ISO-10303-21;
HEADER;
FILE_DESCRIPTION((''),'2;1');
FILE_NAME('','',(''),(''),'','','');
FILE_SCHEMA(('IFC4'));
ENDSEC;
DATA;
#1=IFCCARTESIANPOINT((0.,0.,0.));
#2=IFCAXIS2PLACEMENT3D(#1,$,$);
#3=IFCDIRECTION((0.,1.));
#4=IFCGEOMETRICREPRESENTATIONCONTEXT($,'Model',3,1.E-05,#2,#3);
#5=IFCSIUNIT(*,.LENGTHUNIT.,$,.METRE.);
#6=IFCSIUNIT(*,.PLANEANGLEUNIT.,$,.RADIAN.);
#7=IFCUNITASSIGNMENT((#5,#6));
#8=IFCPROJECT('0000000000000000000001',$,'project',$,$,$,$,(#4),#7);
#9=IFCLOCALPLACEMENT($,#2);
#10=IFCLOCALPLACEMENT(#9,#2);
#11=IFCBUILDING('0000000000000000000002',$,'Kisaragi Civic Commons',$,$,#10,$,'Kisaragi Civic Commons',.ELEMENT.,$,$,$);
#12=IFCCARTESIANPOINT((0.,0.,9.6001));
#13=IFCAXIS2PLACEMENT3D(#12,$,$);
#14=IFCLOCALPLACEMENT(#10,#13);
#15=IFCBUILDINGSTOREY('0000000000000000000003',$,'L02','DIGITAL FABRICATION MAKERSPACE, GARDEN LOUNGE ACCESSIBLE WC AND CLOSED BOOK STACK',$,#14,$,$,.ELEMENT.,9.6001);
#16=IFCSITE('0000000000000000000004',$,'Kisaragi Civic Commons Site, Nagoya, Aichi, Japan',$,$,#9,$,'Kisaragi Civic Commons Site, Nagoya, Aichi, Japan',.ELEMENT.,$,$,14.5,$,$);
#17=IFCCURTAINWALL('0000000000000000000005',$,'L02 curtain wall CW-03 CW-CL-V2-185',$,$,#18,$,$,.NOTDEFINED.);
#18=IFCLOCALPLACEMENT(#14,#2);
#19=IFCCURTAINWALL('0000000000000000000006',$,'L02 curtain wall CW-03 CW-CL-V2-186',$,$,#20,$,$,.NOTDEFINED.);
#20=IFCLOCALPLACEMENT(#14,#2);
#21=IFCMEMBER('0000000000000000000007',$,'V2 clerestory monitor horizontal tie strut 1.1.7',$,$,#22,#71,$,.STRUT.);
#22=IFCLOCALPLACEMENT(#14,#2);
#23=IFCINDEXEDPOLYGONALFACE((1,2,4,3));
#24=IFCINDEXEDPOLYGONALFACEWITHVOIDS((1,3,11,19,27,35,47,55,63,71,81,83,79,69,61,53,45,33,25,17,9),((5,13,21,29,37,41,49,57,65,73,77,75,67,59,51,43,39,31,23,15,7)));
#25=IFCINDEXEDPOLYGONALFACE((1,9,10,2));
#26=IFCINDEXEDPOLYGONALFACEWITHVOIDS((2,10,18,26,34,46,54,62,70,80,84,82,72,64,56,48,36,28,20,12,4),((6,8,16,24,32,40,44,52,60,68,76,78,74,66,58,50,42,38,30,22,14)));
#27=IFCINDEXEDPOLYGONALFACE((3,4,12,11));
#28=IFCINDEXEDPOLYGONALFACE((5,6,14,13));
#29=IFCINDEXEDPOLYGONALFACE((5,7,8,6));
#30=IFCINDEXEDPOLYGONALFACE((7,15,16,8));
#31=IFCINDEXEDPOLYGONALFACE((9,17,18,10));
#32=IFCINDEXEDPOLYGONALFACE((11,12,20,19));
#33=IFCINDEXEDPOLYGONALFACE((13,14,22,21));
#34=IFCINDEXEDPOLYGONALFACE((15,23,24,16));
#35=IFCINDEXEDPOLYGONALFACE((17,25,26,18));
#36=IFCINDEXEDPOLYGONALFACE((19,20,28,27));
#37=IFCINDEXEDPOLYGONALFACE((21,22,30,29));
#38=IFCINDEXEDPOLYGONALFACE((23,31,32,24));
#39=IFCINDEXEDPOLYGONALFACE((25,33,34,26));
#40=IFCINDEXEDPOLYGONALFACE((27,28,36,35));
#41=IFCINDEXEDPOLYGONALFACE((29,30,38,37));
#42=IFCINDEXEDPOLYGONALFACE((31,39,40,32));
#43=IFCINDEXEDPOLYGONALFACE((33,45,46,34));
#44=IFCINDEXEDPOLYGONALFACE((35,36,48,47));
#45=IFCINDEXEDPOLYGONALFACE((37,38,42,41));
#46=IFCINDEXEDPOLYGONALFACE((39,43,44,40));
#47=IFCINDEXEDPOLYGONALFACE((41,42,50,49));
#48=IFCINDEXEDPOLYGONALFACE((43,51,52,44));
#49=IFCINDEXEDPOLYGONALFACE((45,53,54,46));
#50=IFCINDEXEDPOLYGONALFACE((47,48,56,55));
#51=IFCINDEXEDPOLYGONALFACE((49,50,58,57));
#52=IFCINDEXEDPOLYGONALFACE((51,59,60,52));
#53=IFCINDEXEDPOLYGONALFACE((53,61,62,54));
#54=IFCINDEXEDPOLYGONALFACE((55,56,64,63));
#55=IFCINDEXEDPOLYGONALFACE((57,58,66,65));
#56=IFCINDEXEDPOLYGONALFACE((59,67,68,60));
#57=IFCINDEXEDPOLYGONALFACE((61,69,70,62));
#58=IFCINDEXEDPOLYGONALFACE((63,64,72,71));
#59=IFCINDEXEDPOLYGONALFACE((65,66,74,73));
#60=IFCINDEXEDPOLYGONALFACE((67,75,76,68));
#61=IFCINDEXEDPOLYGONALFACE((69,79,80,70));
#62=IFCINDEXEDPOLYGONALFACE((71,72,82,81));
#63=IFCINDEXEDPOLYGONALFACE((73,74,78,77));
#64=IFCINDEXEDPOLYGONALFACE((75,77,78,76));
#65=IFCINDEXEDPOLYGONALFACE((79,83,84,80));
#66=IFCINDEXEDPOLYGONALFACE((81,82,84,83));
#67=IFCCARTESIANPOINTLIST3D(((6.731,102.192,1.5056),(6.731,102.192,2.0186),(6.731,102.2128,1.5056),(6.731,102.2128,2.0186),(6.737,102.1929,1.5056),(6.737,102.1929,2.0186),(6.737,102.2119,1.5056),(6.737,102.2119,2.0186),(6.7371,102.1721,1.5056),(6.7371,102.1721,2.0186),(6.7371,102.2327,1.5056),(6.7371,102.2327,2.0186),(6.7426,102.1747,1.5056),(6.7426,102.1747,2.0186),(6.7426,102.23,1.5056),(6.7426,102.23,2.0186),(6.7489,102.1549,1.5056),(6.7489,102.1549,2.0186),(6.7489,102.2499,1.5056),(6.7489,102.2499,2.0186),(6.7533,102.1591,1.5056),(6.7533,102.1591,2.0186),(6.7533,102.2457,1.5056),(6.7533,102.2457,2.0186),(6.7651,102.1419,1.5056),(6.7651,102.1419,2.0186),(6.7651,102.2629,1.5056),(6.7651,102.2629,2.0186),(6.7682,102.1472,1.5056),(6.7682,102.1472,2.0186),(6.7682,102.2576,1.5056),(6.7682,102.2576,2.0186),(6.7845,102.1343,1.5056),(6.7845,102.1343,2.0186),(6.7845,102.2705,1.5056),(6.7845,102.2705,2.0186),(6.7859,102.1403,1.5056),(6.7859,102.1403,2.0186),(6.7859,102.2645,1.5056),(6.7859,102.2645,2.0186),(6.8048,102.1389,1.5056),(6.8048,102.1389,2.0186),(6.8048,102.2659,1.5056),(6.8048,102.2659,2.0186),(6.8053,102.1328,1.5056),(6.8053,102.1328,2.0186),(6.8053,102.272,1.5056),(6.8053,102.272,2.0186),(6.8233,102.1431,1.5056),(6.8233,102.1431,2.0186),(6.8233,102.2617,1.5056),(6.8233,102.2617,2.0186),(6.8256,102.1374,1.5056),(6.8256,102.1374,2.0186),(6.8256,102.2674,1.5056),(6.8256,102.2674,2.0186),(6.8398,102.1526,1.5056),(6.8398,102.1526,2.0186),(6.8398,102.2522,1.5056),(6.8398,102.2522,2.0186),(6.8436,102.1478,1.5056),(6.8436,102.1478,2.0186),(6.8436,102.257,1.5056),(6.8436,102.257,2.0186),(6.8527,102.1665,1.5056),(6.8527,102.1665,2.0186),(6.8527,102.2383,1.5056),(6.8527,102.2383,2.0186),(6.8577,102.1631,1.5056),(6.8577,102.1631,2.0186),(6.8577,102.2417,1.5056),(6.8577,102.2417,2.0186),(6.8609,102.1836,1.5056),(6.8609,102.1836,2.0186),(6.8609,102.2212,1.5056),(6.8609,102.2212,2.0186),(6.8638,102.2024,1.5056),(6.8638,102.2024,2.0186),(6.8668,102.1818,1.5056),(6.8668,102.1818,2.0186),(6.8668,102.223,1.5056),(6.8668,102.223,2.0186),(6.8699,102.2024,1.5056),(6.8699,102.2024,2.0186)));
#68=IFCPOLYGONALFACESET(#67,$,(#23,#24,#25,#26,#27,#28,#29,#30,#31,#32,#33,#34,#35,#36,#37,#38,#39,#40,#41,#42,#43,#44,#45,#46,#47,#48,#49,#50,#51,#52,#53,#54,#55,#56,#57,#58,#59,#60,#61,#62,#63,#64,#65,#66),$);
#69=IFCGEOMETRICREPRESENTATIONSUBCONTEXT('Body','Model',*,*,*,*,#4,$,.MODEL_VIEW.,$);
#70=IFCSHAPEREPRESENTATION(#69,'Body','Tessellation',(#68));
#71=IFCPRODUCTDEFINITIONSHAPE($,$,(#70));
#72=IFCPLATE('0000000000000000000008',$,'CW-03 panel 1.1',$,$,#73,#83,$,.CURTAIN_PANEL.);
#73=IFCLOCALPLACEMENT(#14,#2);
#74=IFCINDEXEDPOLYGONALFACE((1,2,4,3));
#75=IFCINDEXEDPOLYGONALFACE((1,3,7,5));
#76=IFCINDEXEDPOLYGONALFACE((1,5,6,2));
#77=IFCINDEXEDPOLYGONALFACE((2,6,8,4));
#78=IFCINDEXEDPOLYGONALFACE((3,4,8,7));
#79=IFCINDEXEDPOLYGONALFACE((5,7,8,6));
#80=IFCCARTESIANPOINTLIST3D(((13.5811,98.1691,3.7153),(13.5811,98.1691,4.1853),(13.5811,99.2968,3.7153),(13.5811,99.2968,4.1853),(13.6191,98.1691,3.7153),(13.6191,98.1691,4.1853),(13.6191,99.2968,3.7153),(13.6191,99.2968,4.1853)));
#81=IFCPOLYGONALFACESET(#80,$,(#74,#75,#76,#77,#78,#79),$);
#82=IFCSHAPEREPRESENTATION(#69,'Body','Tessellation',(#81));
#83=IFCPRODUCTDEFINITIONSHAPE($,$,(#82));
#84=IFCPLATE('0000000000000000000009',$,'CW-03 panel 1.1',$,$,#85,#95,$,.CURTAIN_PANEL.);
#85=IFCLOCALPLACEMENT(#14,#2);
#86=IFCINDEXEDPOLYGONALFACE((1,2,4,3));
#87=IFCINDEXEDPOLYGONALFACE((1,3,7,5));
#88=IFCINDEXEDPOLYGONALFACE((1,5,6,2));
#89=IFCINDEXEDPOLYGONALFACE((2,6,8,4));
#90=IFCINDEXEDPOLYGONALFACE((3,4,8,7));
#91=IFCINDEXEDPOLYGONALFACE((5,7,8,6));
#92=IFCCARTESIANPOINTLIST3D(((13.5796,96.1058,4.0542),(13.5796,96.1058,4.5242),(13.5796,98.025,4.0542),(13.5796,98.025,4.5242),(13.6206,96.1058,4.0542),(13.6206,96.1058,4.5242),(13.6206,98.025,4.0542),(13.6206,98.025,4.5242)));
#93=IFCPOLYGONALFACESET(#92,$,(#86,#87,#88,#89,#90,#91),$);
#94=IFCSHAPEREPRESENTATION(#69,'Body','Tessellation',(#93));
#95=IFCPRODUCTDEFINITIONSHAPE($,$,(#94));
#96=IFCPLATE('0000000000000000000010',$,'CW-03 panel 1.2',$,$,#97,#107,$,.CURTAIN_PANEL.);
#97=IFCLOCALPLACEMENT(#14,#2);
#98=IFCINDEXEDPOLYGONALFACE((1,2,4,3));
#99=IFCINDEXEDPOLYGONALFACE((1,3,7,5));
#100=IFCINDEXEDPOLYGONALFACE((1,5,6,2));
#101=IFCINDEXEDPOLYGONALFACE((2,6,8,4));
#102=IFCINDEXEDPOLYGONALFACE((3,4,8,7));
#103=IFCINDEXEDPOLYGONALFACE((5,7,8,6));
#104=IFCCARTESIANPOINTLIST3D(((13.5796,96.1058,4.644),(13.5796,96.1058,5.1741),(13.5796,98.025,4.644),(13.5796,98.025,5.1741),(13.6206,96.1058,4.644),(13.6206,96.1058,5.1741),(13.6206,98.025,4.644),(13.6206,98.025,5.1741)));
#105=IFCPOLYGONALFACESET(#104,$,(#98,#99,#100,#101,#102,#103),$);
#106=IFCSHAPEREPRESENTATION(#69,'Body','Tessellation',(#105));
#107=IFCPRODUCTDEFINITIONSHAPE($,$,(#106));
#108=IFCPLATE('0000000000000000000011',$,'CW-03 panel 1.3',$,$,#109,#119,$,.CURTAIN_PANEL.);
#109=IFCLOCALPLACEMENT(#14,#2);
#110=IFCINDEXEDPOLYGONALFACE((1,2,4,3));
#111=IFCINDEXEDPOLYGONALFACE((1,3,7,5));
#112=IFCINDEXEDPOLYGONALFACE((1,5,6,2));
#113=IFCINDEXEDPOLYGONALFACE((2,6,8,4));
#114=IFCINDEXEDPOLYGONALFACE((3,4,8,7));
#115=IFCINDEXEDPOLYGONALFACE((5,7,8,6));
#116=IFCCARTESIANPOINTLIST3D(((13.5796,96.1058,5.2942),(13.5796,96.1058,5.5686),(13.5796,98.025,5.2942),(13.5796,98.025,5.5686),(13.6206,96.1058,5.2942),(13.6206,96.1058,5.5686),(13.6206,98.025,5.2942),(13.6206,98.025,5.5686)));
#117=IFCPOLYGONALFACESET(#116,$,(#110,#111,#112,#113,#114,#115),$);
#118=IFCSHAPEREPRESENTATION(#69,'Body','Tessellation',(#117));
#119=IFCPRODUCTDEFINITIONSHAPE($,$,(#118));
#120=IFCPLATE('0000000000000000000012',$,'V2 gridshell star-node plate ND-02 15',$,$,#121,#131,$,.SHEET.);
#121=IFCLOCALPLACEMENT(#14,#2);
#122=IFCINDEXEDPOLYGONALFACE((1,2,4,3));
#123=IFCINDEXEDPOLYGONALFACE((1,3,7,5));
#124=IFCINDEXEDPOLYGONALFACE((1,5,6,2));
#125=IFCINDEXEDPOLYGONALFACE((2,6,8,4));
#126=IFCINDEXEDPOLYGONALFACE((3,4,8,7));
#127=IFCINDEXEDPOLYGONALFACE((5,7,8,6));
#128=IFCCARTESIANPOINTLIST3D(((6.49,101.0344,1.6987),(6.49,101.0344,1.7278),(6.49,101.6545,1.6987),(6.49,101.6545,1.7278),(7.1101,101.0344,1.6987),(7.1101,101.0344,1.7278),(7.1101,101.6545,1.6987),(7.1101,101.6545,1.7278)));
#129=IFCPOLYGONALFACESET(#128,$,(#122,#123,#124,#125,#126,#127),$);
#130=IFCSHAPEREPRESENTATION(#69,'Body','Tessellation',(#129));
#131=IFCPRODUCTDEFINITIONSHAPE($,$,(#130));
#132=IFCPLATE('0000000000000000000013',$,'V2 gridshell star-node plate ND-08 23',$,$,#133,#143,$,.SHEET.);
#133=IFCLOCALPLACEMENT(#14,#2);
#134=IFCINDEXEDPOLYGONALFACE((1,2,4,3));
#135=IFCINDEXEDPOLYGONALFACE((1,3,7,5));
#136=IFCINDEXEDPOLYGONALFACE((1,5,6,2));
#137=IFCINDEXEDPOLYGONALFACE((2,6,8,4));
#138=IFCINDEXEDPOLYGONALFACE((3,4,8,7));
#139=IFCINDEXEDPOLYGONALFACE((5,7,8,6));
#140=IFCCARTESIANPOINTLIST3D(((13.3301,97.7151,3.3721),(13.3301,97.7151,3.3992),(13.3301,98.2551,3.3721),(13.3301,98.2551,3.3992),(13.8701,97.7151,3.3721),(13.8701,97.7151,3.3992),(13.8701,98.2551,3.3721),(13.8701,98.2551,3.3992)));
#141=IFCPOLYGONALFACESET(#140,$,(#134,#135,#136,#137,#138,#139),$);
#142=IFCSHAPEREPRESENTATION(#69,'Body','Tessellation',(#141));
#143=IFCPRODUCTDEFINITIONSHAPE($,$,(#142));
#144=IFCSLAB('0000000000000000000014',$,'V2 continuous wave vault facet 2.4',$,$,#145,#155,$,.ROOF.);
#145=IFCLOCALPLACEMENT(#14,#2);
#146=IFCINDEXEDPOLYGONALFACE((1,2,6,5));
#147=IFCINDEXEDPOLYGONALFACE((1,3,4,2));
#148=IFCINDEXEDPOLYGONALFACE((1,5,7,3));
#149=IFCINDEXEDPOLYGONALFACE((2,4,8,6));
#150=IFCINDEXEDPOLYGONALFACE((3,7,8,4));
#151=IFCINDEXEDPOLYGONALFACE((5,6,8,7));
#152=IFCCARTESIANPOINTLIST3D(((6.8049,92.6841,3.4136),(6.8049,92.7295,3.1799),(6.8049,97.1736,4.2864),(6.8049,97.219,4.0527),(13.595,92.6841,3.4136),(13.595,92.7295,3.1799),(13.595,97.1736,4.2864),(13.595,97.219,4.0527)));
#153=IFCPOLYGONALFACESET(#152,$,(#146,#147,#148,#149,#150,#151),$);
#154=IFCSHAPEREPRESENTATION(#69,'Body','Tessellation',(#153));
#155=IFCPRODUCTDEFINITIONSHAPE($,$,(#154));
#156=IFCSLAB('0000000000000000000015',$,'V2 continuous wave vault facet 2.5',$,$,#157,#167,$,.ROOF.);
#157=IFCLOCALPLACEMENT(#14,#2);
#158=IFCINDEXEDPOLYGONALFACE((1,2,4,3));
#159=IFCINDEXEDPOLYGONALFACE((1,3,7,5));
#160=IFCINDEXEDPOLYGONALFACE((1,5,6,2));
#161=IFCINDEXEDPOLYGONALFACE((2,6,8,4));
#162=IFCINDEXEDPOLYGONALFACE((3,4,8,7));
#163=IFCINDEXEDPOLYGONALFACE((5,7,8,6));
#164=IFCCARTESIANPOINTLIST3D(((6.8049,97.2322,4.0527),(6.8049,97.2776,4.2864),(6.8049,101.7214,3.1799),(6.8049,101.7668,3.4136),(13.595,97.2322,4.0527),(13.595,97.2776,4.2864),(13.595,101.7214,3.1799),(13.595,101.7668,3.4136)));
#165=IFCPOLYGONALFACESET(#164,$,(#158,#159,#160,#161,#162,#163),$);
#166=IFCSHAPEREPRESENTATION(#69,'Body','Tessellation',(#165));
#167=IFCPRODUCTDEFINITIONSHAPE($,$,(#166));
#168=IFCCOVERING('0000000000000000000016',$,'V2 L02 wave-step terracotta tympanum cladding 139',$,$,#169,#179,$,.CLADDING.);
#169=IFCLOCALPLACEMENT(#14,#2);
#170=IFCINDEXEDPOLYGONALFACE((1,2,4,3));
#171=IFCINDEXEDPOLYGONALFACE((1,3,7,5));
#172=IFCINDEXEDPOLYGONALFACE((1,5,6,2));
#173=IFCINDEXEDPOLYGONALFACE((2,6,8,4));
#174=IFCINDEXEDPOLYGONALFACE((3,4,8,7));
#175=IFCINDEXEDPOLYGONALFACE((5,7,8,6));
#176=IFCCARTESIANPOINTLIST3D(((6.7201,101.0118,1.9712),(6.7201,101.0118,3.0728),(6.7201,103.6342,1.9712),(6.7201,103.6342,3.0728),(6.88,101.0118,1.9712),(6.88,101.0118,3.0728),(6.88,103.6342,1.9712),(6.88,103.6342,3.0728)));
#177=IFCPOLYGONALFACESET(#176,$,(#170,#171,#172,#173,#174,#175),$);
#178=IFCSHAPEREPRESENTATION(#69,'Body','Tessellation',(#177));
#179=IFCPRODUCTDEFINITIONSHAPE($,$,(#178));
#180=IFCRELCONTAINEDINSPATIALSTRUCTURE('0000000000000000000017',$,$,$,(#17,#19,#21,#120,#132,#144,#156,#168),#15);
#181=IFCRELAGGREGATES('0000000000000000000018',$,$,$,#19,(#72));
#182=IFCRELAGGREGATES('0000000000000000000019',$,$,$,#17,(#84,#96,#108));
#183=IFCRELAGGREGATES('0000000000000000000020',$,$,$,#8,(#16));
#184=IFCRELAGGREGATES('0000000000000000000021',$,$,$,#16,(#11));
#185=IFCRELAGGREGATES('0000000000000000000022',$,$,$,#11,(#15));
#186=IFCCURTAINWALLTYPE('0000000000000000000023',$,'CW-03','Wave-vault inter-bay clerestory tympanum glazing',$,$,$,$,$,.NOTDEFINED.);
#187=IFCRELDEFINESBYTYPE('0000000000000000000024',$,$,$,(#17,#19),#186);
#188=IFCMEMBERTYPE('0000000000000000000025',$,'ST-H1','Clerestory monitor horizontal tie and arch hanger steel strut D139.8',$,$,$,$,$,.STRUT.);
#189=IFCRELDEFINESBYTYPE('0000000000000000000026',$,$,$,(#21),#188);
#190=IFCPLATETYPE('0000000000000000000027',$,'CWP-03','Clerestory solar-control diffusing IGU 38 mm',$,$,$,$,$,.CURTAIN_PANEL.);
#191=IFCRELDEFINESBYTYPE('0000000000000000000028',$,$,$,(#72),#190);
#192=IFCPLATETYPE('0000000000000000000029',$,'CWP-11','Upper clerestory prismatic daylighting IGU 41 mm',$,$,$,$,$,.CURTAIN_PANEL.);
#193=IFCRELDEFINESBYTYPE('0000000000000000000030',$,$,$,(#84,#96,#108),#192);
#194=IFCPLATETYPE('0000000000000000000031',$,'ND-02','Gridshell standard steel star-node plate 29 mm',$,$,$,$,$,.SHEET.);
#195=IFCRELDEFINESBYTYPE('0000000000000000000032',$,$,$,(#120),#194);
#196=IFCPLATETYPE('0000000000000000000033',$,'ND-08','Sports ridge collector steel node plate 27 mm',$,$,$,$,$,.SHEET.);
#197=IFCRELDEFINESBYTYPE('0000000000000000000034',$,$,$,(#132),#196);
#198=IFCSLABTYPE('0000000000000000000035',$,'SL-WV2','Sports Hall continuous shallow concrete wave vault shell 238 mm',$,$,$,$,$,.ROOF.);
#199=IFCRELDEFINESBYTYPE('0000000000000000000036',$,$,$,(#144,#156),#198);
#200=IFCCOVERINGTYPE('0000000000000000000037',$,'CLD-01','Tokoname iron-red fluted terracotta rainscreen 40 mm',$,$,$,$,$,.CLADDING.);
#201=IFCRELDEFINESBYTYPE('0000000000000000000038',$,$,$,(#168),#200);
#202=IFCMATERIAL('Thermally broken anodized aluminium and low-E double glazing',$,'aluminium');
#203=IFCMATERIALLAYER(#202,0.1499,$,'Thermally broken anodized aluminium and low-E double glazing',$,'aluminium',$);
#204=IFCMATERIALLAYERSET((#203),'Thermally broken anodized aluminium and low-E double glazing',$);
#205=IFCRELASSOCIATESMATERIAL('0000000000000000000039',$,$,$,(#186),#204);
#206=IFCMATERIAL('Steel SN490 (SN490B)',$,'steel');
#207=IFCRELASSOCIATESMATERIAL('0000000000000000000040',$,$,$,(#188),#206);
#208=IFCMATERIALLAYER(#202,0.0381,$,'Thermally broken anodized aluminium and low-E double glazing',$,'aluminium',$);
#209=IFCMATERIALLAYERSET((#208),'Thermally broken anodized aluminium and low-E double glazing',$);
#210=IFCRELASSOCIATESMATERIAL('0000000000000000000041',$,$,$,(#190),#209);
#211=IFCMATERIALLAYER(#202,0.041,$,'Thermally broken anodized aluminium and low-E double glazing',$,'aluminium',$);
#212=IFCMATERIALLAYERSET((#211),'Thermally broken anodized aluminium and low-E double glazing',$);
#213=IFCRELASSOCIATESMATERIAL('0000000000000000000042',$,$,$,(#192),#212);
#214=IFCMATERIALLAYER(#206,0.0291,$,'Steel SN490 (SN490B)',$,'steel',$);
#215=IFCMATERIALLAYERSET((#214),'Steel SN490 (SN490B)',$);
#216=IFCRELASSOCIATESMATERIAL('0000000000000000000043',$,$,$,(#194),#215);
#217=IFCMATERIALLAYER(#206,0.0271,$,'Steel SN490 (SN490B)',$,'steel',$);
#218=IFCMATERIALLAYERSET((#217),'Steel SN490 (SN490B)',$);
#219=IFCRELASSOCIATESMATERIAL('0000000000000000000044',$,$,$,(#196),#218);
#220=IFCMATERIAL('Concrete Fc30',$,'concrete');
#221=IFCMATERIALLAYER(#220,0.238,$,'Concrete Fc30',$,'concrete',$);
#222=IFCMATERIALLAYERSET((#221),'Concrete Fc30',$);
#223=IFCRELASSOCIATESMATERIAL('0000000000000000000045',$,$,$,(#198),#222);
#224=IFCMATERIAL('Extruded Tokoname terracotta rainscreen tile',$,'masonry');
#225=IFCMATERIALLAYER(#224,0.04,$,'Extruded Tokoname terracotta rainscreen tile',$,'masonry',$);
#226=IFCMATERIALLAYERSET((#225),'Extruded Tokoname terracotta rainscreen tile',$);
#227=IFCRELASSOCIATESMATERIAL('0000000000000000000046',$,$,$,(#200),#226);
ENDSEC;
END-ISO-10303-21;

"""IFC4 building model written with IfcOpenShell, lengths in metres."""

from ifc_helpers import new_model, si_unit, direction, frame, origin, origin_2d, place, context, subcontext, project, spatial, polyline, rectangle, hollow_circle, outline, extrude, material, layer, layer_set, material_profile, profile_set, type_object, element, aggregate, save


model = new_model("IFC4")

# Units and contexts
model_context = context("Model", 3, precision=1e-05, world=origin(), true_north=direction((0.0, 1.0)))
body_context = subcontext(model_context, "Body", "Model", "MODEL_VIEW")
ifc_project = project(units=[si_unit("LENGTHUNIT", "METRE"), si_unit("PLANEANGLEUNIT", "RADIAN")], contexts=[model_context])

# Site, building, storey
site_placement = place(None, origin())
site = spatial("IfcSite", under=ifc_project, at=site_placement, Name="Kisaragi Civic Commons Site, Nagoya, Aichi, Japan", LongName="Kisaragi Civic Commons Site, Nagoya, Aichi, Japan", CompositionType="ELEMENT", RefElevation=14.5)
building_placement = place(site_placement, origin())
building = spatial("IfcBuilding", under=site, at=building_placement, Name="Kisaragi Civic Commons", LongName="Kisaragi Civic Commons", CompositionType="ELEMENT")
storey_placement = place(building_placement, frame((0.0, 0.0, 9.6001)))
storey = spatial("IfcBuildingStorey", under=building, at=storey_placement, Name="L02", Description="DIGITAL FABRICATION MAKERSPACE, GARDEN LOUNGE ACCESSIBLE WC AND CLOSED BOOK STACK", CompositionType="ELEMENT", Elevation=9.6001)

# Curtain wall
ifc_material_1 = material(Name="Thermally broken anodized aluminium and low-E double glazing", Category="aluminium")
ifc_layer_1 = layer(ifc_material_1, 0.1499, Name="Thermally broken anodized aluminium and low-E double glazing", Category="aluminium")
ifc_layer_set_1 = layer_set([ifc_layer_1], Name="Thermally broken anodized aluminium and low-E double glazing")
curtain_wall_type = type_object("IfcCurtainWallType", Name="CW-03", Description="Wave-vault inter-bay clerestory tympanum glazing", PredefinedType="NOTDEFINED", material=ifc_layer_set_1)
curtain_wall_1_placement = place(storey_placement, origin())
curtain_wall_1 = element("IfcCurtainWall", 1, at=curtain_wall_1_placement, inside=storey, type_object=curtain_wall_type, Name="L02 curtain wall CW-03 CW-CL-V2-185", PredefinedType="NOTDEFINED")

# Curtain wall
curtain_wall_2_placement = place(storey_placement, origin())
curtain_wall_2 = element("IfcCurtainWall", 2, at=curtain_wall_2_placement, inside=storey, type_object=curtain_wall_type, Name="L02 curtain wall CW-03 CW-CL-V2-186", PredefinedType="NOTDEFINED")

# Member
ifc_material_2 = material(Name="Steel SN490 (SN490B)", Category="steel")
ifc_material_profile_1 = material_profile(ifc_material_2, hollow_circle(Radius=0.0698, WallThickness=0.0061, at=origin_2d()), Name="CHS-139.8x6.0", Category="steel")
ifc_profile_set_1 = profile_set([ifc_material_profile_1], Name="Steel SN490 (SN490B)")
member_type_1 = type_object("IfcMemberType", Name="ST-H1", Description="Clerestory monitor horizontal tie and arch hanger steel strut D139.8", PredefinedType="STRUT", material=ifc_profile_set_1)
member_1_placement = place(storey_placement, frame((6.8, 102.2024, 1.5056), z_axis=(0.0, 0.0, 1.0), x_axis=(1.0, 0.0, 0.0)))
element("IfcMember", 3, at=member_1_placement, inside=storey, type_object=member_type_1, Name="V2 clerestory monitor horizontal tie strut 1.1.7", PredefinedType="STRUT", context=body_context, shape_type="SweptSolid", body=[
    extrude(hollow_circle(Radius=0.0698, WallThickness=0.0061, at=origin_2d()), origin(), (0.0, 0.0, 1.0), 0.5129),
])

# Plates
ifc_layer_2 = layer(ifc_material_1, 0.0381, Name="Thermally broken anodized aluminium and low-E double glazing", Category="aluminium")
ifc_layer_set_2 = layer_set([ifc_layer_2], Name="Thermally broken anodized aluminium and low-E double glazing")
plate_type_1 = type_object("IfcPlateType", Name="CWP-03", Description="Clerestory solar-control diffusing IGU 38 mm", PredefinedType="CURTAIN_PANEL", material=ifc_layer_set_2)
plate_1_placement = place(storey_placement, frame((13.6001, 98.7329, 3.7153), z_axis=(0.0, 0.0, 1.0), x_axis=(0.0, 1.0, 0.0)))
plate_1 = element("IfcPlate", 4, at=plate_1_placement, type_object=plate_type_1, Name="CW-03 panel 1.1", PredefinedType="CURTAIN_PANEL", context=body_context, shape_type="SweptSolid", body=[
    extrude(rectangle(XDim=1.1277, YDim=0.0381, at=origin_2d()), origin(), (0.0, 0.0, 1.0), 0.47),
])
aggregate(curtain_wall_2, [plate_1])
ifc_layer_3 = layer(ifc_material_1, 0.041, Name="Thermally broken anodized aluminium and low-E double glazing", Category="aluminium")
ifc_layer_set_3 = layer_set([ifc_layer_3], Name="Thermally broken anodized aluminium and low-E double glazing")
plate_type_2 = type_object("IfcPlateType", Name="CWP-11", Description="Upper clerestory prismatic daylighting IGU 41 mm", PredefinedType="CURTAIN_PANEL", material=ifc_layer_set_3)
plate_2_placement = place(storey_placement, frame((13.6001, 97.0654, 4.0542), z_axis=(0.0, 0.0, 1.0), x_axis=(0.0, 1.0, 0.0)))
plate_2 = element("IfcPlate", 5, at=plate_2_placement, type_object=plate_type_2, Name="CW-03 panel 1.1", PredefinedType="CURTAIN_PANEL", context=body_context, shape_type="SweptSolid", body=[
    extrude(rectangle(XDim=1.9192, YDim=0.041, at=origin_2d()), origin(), (0.0, 0.0, 1.0), 0.47),
])
plate_3_placement = place(storey_placement, frame((13.6001, 97.0654, 4.644), z_axis=(0.0, 0.0, 1.0), x_axis=(0.0, 1.0, 0.0)))
plate_3 = element("IfcPlate", 6, at=plate_3_placement, type_object=plate_type_2, Name="CW-03 panel 1.2", PredefinedType="CURTAIN_PANEL", context=body_context, shape_type="SweptSolid", body=[
    extrude(rectangle(XDim=1.9192, YDim=0.041, at=origin_2d()), origin(), (0.0, 0.0, 1.0), 0.53),
])
plate_4_placement = place(storey_placement, frame((13.6001, 97.0654, 5.2942), z_axis=(0.0, 0.0, 1.0), x_axis=(0.0, 1.0, 0.0)))
plate_4 = element("IfcPlate", 7, at=plate_4_placement, type_object=plate_type_2, Name="CW-03 panel 1.3", PredefinedType="CURTAIN_PANEL", context=body_context, shape_type="SweptSolid", body=[
    extrude(rectangle(XDim=1.9192, YDim=0.041, at=origin_2d()), origin(), (0.0, 0.0, 1.0), 0.2744),
])
aggregate(curtain_wall_1, [plate_2, plate_3, plate_4])

# Plates
ifc_layer_4 = layer(ifc_material_2, 0.0291, Name="Steel SN490 (SN490B)", Category="steel")
ifc_layer_set_4 = layer_set([ifc_layer_4], Name="Steel SN490 (SN490B)")
plate_type_3 = type_object("IfcPlateType", Name="ND-02", Description="Gridshell standard steel star-node plate 29 mm", PredefinedType="SHEET", material=ifc_layer_set_4)
plate_5_placement = place(storey_placement, frame((6.8, 101.3445, 1.6987), z_axis=(0.0, 0.0, 1.0), x_axis=(1.0, 0.0, 0.0)))
element("IfcPlate", 8, at=plate_5_placement, inside=storey, type_object=plate_type_3, Name="V2 gridshell star-node plate ND-02 15", PredefinedType="SHEET", context=body_context, shape_type="SweptSolid", body=[
    extrude(rectangle(XDim=0.6201, YDim=0.6201, at=origin_2d()), origin(), (0.0, 0.0, 1.0), 0.0291),
])
ifc_layer_5 = layer(ifc_material_2, 0.0271, Name="Steel SN490 (SN490B)", Category="steel")
ifc_layer_set_5 = layer_set([ifc_layer_5], Name="Steel SN490 (SN490B)")
plate_type_4 = type_object("IfcPlateType", Name="ND-08", Description="Sports ridge collector steel node plate 27 mm", PredefinedType="SHEET", material=ifc_layer_set_5)
plate_6_placement = place(storey_placement, frame((13.6001, 97.9851, 3.3721), z_axis=(0.0, 0.0, 1.0), x_axis=(1.0, 0.0, 0.0)))
element("IfcPlate", 9, at=plate_6_placement, inside=storey, type_object=plate_type_4, Name="V2 gridshell star-node plate ND-08 23", PredefinedType="SHEET", context=body_context, shape_type="SweptSolid", body=[
    extrude(rectangle(XDim=0.54, YDim=0.54, at=origin_2d()), origin(), (0.0, 0.0, 1.0), 0.0271),
])

# Slabs
ifc_material_3 = material(Name="Concrete Fc30", Category="concrete")
ifc_layer_6 = layer(ifc_material_3, 0.238, Name="Concrete Fc30", Category="concrete")
ifc_layer_set_6 = layer_set([ifc_layer_6], Name="Concrete Fc30")
slab_type = type_object("IfcSlabType", Name="SL-WV2", Description="Sports Hall continuous shallow concrete wave vault shell 238 mm", PredefinedType="ROOF", material=ifc_layer_set_6)
slab_1_placement = place(storey_placement, frame((13.595, 97.1736, 4.2864), z_axis=(0.0, -0.190837, 0.981622), x_axis=(-1.0, 0.0, 0.0)))
element("IfcSlab", 10, at=slab_1_placement, inside=storey, type_object=slab_type, Name="V2 continuous wave vault facet 2.4", PredefinedType="ROOF", context=body_context, shape_type="SweptSolid", body=[
    extrude(outline(polyline([(0.0, 0.0), (6.79, 0.0), (6.79, 4.5736), (0.0, 4.5736), (0.0, 0.0)])), origin(), (0.0, 0.0, -1.0), 0.238),
])
slab_2_placement = place(storey_placement, frame((13.595, 101.7668, 3.4136), z_axis=(0.0, 0.190847, 0.98162), x_axis=(-1.0, 0.0, 0.0)))
element("IfcSlab", 11, at=slab_2_placement, inside=storey, type_object=slab_type, Name="V2 continuous wave vault facet 2.5", PredefinedType="ROOF", context=body_context, shape_type="SweptSolid", body=[
    extrude(outline(polyline([(0.0, 0.0), (6.79, 0.0), (6.79, 4.5733), (0.0, 4.5733), (0.0, 0.0)])), origin(), (0.0, 0.0, -1.0), 0.238),
])

# Covering
ifc_material_4 = material(Name="Extruded Tokoname terracotta rainscreen tile", Category="masonry")
ifc_layer_7 = layer(ifc_material_4, 0.04, Name="Extruded Tokoname terracotta rainscreen tile", Category="masonry")
ifc_layer_set_7 = layer_set([ifc_layer_7], Name="Extruded Tokoname terracotta rainscreen tile")
covering_type = type_object("IfcCoveringType", Name="CLD-01", Description="Tokoname iron-red fluted terracotta rainscreen 40 mm", PredefinedType="CLADDING", material=ifc_layer_set_7)
covering_placement = place(storey_placement, frame((6.8, 102.323, 1.9712), z_axis=(0.0, 0.0, 1.0), x_axis=(0.0, 1.0, 0.0)))
element("IfcCovering", 12, at=covering_placement, inside=storey, type_object=covering_type, Name="V2 L02 wave-step terracotta tympanum cladding 139", PredefinedType="CLADDING", context=body_context, shape_type="SweptSolid", body=[
    extrude(rectangle(XDim=2.6223, YDim=0.1599, at=origin_2d()), origin(), (0.0, 0.0, 1.0), 1.1016),
])

save(model, "model.ifc")
